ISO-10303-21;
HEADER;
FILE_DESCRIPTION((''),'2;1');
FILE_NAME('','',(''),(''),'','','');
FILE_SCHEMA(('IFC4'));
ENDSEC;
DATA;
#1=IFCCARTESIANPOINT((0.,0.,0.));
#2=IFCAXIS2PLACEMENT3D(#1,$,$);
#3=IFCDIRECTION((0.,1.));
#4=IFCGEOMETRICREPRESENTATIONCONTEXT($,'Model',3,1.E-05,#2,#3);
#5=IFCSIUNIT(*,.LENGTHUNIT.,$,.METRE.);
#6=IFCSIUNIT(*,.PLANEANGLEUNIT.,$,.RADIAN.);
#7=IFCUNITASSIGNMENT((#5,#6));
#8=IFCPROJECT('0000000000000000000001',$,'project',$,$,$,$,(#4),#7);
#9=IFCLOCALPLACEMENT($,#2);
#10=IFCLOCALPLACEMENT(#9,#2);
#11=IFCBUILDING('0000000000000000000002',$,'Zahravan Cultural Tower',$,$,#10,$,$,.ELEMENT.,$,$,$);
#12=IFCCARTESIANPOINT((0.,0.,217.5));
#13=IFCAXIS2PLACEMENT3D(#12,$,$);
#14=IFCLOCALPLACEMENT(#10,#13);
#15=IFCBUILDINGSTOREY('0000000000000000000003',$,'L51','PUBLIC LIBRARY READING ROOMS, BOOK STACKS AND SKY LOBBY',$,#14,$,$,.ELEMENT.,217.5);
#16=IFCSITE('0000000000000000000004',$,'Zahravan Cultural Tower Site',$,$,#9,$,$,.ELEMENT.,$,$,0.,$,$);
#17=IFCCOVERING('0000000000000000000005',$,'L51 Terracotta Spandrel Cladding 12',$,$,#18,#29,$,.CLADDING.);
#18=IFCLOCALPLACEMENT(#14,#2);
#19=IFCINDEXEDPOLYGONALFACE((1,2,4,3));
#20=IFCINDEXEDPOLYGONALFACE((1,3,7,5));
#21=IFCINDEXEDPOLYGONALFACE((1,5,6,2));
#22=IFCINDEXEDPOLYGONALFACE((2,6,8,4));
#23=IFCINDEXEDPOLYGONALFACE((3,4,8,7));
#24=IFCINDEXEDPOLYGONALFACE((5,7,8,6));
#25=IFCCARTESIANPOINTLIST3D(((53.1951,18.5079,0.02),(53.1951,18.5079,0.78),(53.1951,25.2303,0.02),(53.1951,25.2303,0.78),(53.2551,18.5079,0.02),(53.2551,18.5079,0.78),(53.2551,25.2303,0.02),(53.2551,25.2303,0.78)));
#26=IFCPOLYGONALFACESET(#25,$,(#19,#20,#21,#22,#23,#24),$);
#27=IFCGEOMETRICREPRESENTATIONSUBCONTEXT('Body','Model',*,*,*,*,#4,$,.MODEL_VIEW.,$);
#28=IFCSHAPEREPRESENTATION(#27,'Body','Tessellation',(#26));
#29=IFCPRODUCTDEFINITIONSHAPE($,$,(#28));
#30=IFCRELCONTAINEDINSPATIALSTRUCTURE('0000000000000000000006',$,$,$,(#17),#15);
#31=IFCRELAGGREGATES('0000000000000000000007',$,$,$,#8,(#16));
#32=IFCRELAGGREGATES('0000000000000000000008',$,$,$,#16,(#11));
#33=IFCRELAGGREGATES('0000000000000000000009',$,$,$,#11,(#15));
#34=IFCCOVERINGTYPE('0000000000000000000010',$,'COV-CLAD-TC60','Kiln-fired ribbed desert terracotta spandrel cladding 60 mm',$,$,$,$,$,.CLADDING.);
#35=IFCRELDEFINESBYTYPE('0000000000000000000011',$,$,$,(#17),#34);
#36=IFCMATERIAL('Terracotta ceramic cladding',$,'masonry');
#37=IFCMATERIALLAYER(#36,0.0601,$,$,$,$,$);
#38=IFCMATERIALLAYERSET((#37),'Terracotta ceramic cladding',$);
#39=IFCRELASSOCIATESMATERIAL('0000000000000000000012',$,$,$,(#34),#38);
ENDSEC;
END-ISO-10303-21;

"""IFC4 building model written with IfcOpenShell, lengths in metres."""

from ifc_helpers import new_model, si_unit, direction, frame, origin, origin_2d, place, context, subcontext, project, spatial, rectangle, extrude, source, transform, mapped, material, layer, layer_set, type_object, element, save


model = new_model("IFC4")

# Units and contexts
model_context = context("Model", 3, precision=1e-05, world=origin(), true_north=direction((0.0, 1.0)))
body_context = subcontext(model_context, "Body", "Model", "MODEL_VIEW")
ifc_project = project(units=[si_unit("LENGTHUNIT", "METRE"), si_unit("PLANEANGLEUNIT", "RADIAN")], contexts=[model_context])

# Site, building, storey
site_placement = place(None, origin())
site = spatial("IfcSite", under=ifc_project, at=site_placement, Name="Zahravan Cultural Tower Site", CompositionType="ELEMENT", RefElevation=0.0)
building_placement = place(site_placement, origin())
building = spatial("IfcBuilding", under=site, at=building_placement, Name="Zahravan Cultural Tower", CompositionType="ELEMENT")
storey_placement = place(building_placement, frame((0.0, 0.0, 217.5)))
storey = spatial("IfcBuildingStorey", under=building, at=storey_placement, Name="L51", Description="PUBLIC LIBRARY READING ROOMS, BOOK STACKS AND SKY LOBBY", CompositionType="ELEMENT", Elevation=217.5)

# Covering
ifc_material_1 = material(Name="Terracotta ceramic cladding", Category="masonry")
ifc_layer_1 = layer(ifc_material_1, 0.0601)
ifc_layer_set_1 = layer_set([ifc_layer_1], Name="Terracotta ceramic cladding")
covering_type = type_object("IfcCoveringType", Name="COV-CLAD-TC60", Description="Kiln-fired ribbed desert terracotta spandrel cladding 60 mm", PredefinedType="CLADDING", material=ifc_layer_set_1)
shared_shape_1 = source(origin(), body_context, "Body", "SweptSolid", [
    extrude(rectangle(XDim=6.7224, YDim=0.0601, at=origin_2d()), origin(), (0.0, 0.0, 1.0), 0.76),
])
covering_1_placement = place(storey_placement, frame((53.2251, 21.8691, 0.02), z_axis=(0.0, 0.0, 1.0), x_axis=(0.0, -1.0, 0.0)))
element("IfcCovering", 1, at=covering_1_placement, inside=storey, type_object=covering_type, Name="L51 Terracotta Spandrel Cladding 12", PredefinedType="CLADDING", context=body_context, shape_type="MappedRepresentation", body=[
    mapped(shared_shape_1, transform((0.0, 0.0, 0.0), x_axis=(1.0, 0.0, 0.0), y_axis=(0.0, 1.0, 0.0), z_axis=(0.0, 0.0, 1.0), scale=1.0)),
])

save(model, "model.ifc")
